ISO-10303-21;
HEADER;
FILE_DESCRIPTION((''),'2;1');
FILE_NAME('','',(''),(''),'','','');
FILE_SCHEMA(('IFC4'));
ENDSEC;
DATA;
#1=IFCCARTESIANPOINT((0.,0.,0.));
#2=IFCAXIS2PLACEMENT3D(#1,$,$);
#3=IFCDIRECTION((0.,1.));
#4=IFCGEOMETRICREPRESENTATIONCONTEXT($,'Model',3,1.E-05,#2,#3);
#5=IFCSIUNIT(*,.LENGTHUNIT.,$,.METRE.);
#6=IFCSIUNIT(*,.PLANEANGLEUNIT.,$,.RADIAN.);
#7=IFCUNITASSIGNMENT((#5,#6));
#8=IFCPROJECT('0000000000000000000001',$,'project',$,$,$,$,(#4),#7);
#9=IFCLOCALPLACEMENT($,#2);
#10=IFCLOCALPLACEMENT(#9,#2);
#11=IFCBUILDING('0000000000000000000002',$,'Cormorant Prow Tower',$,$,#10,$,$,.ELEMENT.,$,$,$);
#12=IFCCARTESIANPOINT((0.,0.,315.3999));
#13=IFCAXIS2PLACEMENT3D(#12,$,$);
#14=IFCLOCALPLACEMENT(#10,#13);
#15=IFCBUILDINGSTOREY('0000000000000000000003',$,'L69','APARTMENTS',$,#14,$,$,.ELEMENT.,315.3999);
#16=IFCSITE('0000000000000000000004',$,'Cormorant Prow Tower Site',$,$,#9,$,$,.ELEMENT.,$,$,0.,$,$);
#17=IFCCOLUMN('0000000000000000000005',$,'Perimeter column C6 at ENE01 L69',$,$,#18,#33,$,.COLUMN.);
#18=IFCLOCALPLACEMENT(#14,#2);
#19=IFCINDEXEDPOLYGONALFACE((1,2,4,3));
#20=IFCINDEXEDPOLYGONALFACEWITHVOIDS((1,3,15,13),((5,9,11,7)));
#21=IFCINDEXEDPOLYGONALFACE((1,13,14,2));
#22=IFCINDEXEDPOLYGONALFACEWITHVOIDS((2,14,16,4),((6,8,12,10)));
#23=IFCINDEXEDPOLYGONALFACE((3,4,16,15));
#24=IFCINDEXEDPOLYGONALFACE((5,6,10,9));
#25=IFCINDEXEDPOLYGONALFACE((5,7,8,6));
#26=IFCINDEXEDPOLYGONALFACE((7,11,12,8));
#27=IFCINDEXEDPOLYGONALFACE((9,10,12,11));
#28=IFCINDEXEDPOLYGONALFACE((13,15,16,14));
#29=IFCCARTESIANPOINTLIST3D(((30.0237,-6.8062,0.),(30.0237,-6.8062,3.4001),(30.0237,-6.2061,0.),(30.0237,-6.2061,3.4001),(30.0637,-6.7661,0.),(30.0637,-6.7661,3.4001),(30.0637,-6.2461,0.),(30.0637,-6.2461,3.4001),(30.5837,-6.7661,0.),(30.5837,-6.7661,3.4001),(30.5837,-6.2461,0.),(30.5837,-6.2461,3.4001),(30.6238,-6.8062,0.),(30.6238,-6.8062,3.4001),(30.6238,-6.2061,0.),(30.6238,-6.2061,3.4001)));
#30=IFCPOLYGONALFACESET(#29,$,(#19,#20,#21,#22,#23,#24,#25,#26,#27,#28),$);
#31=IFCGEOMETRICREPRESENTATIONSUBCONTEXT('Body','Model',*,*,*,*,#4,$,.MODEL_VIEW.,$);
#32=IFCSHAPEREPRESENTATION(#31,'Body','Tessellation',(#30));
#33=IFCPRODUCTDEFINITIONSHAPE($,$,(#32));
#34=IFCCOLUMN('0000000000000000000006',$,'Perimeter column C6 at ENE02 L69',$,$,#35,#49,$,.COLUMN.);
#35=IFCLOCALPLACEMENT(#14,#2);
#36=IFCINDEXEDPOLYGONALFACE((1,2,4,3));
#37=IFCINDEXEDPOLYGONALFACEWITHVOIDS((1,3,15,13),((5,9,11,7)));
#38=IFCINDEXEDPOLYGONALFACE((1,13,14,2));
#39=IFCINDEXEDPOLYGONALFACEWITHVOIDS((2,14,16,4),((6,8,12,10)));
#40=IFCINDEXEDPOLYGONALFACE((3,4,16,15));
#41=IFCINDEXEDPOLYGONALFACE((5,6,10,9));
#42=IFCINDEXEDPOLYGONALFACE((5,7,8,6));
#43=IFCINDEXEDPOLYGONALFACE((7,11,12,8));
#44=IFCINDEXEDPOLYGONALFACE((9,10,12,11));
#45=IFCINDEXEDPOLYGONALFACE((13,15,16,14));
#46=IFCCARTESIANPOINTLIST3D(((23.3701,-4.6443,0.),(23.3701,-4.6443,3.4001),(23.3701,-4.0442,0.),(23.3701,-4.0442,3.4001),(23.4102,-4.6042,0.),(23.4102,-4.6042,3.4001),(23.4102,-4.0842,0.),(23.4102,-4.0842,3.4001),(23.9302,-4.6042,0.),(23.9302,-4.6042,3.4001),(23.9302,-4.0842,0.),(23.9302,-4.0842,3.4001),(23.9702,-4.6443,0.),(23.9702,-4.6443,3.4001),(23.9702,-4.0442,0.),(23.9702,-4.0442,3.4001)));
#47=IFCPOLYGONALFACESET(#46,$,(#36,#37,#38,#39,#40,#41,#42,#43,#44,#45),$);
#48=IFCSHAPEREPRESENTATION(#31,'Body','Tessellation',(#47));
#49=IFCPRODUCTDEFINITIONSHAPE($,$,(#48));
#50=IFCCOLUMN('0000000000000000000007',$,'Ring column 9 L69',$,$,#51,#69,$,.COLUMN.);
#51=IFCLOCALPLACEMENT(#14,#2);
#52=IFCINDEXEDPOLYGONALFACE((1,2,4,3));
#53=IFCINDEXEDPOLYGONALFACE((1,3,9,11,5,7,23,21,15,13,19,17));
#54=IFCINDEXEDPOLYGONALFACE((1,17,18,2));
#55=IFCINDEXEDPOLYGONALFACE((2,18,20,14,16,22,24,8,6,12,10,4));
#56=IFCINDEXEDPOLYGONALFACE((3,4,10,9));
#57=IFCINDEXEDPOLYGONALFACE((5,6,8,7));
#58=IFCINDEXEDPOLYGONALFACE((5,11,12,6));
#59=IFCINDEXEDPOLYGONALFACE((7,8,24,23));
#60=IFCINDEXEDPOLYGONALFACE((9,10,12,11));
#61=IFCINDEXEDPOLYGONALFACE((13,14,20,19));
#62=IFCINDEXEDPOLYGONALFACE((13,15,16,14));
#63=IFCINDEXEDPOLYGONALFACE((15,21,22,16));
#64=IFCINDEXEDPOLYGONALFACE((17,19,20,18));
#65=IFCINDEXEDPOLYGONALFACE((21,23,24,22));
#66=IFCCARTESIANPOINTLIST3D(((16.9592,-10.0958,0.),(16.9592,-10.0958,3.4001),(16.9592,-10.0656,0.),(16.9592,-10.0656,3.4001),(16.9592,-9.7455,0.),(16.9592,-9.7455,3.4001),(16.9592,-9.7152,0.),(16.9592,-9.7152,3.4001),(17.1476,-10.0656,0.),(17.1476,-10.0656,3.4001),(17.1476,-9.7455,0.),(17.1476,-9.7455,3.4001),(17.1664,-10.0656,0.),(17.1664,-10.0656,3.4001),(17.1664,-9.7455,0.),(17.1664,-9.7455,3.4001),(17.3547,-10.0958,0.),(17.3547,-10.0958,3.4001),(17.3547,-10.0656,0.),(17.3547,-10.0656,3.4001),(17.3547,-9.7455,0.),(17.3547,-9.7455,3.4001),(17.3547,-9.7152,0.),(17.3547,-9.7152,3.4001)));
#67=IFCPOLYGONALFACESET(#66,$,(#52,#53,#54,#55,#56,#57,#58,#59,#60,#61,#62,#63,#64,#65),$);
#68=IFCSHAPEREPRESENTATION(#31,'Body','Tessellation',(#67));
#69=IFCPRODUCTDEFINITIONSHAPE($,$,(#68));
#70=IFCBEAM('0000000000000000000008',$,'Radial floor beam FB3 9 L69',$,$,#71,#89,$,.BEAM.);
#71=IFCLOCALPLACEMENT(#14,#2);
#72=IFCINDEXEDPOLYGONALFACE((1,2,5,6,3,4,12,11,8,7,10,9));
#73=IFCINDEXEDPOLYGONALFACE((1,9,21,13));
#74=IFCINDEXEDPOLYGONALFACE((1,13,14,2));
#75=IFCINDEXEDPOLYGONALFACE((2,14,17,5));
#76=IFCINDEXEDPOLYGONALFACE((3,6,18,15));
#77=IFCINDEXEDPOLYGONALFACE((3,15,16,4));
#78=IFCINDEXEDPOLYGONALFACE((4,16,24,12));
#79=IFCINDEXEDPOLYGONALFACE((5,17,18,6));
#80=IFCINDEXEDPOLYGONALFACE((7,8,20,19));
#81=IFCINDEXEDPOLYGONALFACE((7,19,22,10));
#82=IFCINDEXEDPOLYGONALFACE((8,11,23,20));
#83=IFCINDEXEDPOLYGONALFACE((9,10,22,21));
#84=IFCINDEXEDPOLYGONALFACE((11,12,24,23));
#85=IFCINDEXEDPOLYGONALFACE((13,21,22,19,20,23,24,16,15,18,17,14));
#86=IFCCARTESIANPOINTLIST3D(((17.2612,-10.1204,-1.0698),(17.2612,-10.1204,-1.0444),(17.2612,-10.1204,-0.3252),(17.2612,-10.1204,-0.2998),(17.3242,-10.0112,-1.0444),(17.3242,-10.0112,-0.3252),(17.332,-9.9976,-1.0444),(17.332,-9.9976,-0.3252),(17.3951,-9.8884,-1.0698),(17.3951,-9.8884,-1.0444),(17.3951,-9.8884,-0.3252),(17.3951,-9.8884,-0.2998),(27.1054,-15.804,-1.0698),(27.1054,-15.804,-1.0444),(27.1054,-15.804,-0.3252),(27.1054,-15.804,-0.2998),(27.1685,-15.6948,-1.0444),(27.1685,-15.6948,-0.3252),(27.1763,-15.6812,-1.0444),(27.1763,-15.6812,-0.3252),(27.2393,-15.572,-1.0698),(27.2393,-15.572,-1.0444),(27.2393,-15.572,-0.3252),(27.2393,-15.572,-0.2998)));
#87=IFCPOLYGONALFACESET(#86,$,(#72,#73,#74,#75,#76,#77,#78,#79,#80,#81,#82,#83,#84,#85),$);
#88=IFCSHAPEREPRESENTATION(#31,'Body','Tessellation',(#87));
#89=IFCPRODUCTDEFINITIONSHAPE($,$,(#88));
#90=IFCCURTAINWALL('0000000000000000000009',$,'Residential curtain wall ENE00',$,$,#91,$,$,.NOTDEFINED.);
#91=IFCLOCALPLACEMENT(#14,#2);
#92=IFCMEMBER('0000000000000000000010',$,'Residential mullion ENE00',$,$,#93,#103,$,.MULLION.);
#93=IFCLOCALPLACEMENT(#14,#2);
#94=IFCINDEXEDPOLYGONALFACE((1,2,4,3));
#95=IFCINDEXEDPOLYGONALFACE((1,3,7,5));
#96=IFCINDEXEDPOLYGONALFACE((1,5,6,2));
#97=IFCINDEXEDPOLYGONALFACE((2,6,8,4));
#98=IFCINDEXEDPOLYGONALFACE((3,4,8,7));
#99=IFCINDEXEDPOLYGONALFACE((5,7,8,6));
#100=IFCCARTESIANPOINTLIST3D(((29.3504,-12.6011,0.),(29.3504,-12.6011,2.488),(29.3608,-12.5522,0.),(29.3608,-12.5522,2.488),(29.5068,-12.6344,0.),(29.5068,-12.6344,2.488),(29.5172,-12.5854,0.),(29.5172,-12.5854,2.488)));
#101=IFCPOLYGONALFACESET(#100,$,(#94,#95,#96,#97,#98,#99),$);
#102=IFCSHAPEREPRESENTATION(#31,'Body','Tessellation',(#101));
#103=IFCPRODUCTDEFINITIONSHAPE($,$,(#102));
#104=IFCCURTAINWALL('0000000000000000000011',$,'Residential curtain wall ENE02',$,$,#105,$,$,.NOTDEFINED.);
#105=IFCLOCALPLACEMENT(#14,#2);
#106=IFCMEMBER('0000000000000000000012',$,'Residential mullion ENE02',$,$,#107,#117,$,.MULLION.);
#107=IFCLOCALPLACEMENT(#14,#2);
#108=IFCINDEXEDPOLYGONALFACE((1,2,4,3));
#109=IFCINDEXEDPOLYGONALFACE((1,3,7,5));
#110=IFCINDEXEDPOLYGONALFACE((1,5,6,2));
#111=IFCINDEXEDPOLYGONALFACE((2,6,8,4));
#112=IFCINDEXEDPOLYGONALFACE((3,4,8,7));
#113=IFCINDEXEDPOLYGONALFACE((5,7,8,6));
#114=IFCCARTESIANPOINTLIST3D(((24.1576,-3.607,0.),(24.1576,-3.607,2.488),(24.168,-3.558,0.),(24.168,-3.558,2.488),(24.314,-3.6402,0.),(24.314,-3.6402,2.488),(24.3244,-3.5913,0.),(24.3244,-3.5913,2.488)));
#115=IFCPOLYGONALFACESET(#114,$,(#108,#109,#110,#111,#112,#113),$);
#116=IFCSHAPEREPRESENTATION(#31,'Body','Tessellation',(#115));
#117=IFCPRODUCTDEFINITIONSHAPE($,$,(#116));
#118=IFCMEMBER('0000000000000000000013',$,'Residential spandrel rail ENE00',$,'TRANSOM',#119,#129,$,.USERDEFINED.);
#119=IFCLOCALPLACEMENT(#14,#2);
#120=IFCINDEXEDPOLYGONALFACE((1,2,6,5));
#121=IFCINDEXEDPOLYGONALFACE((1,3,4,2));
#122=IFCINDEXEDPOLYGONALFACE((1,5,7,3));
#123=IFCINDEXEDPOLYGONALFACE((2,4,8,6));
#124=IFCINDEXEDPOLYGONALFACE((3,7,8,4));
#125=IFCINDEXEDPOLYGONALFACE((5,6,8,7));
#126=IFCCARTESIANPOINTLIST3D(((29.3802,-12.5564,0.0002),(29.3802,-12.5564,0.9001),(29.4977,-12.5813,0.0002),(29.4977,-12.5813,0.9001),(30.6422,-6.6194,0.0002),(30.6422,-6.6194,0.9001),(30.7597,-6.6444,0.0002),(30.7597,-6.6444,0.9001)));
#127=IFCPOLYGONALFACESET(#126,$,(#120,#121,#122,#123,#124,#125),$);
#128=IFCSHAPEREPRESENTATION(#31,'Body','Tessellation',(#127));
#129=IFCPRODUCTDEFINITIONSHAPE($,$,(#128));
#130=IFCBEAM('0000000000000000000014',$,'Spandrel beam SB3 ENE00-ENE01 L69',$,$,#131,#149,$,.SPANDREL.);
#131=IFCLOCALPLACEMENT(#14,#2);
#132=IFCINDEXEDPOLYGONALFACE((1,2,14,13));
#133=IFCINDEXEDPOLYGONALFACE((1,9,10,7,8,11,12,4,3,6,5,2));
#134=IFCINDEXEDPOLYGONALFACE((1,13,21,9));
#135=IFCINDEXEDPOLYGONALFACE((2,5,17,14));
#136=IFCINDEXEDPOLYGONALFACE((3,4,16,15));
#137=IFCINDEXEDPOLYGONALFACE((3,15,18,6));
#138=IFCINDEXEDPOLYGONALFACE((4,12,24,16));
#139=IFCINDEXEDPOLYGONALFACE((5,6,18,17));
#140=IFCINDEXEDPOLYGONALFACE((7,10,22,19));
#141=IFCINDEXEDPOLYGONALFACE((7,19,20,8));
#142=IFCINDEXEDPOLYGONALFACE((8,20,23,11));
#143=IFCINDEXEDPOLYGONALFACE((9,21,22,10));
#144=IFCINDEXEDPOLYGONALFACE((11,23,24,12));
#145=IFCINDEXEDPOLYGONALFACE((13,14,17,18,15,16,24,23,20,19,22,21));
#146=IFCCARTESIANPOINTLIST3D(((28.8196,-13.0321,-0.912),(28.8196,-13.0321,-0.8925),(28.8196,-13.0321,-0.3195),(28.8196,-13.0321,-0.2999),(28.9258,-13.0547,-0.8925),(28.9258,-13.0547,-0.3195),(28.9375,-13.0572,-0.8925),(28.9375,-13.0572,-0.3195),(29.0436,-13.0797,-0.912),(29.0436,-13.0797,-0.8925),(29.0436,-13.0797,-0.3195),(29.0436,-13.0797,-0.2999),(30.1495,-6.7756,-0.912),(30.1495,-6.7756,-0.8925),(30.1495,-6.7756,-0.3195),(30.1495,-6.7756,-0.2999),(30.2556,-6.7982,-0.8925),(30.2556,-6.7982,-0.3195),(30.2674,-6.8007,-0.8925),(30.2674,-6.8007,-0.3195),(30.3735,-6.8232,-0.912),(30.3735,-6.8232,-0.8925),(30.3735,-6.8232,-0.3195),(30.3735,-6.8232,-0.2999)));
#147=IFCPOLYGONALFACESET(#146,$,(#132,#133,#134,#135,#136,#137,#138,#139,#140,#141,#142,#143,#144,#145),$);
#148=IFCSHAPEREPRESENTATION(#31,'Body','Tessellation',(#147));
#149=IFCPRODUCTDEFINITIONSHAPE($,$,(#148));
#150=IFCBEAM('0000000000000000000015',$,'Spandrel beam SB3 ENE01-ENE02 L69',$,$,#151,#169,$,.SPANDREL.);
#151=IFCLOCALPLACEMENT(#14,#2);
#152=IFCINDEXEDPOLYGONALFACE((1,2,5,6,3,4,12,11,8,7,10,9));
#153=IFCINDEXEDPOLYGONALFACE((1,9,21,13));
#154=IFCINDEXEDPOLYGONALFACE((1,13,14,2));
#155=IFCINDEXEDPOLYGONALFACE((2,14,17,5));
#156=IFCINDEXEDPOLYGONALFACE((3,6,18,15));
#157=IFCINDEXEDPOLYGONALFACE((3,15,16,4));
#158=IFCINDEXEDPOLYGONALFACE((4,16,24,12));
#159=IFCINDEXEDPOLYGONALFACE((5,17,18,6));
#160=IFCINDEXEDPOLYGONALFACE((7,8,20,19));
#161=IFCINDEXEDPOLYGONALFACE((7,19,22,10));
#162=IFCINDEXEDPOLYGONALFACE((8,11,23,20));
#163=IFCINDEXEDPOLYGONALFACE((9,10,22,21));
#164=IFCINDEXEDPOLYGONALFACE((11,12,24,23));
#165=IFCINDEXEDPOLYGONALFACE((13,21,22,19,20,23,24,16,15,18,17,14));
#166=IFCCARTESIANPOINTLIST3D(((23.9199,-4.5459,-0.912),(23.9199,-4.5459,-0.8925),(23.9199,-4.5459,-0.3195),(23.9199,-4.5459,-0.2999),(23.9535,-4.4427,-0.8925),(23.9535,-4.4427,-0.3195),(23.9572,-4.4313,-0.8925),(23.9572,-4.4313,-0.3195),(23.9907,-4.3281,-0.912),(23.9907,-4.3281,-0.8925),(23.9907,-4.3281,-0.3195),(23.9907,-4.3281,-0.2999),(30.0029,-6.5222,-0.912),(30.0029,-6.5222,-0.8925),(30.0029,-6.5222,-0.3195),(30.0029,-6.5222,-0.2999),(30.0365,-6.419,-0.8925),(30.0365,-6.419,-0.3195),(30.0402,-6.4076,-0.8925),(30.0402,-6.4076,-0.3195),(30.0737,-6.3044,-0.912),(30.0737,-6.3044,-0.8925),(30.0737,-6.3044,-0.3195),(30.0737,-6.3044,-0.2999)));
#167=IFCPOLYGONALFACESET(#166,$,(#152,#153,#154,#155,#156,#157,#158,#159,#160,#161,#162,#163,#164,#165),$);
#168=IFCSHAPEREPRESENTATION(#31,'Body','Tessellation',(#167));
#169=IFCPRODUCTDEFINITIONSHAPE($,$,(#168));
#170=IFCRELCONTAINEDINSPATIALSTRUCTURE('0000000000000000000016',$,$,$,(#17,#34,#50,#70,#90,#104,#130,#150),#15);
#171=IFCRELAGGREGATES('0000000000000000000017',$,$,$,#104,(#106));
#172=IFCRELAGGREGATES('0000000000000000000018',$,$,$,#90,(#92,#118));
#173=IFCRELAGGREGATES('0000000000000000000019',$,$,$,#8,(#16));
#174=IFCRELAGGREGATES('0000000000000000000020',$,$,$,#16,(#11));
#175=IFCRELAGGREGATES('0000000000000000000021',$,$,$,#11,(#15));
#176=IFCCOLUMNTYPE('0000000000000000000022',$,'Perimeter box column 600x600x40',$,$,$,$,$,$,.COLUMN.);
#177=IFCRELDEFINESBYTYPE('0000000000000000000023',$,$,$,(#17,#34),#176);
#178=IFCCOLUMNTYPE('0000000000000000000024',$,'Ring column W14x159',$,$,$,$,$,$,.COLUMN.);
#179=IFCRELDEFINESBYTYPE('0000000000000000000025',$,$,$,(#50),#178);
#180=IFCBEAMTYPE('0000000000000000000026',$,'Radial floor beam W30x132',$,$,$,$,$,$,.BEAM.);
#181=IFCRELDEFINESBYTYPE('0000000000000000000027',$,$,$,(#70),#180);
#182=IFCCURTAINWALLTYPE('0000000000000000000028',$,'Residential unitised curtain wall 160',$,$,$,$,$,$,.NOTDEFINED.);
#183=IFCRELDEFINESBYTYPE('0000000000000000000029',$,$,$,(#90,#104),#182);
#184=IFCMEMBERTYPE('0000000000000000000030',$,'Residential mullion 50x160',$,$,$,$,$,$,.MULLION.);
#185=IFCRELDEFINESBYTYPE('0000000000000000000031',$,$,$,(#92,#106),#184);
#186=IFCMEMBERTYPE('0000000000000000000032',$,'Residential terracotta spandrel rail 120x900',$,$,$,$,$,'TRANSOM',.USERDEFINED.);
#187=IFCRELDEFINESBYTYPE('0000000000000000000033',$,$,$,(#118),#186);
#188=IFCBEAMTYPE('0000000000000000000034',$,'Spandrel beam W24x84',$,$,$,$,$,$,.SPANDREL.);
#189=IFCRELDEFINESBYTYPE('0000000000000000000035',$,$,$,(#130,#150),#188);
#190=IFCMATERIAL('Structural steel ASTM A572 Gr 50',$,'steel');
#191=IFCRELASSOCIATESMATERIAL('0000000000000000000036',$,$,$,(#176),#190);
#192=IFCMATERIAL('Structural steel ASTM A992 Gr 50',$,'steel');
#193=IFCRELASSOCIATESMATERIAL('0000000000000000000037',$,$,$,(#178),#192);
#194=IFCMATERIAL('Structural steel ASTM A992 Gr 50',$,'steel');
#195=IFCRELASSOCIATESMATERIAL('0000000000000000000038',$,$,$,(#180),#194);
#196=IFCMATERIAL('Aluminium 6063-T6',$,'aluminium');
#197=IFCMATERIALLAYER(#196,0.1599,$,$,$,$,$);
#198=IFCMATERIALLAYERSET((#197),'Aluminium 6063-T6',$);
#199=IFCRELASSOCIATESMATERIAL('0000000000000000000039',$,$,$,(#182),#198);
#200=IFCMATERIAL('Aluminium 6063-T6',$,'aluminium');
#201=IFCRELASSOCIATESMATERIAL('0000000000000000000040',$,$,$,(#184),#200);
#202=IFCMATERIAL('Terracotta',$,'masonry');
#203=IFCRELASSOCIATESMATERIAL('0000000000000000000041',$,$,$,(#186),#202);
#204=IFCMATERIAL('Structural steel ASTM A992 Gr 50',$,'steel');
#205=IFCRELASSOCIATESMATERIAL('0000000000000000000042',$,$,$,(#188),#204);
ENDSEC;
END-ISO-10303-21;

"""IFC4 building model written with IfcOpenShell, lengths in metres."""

from ifc_helpers import new_model, si_unit, direction, frame, origin, origin_2d, place, context, subcontext, project, spatial, rectangle, hollow_rectangle, i_section, extrude, material, layer, layer_set, material_profile, profile_set, type_object, element, aggregate, save


model = new_model("IFC4")

# Units and contexts
model_context = context("Model", 3, precision=1e-05, world=origin(), true_north=direction((0.0, 1.0)))
body_context = subcontext(model_context, "Body", "Model", "MODEL_VIEW")
ifc_project = project(units=[si_unit("LENGTHUNIT", "METRE"), si_unit("PLANEANGLEUNIT", "RADIAN")], contexts=[model_context])

# Site, building, storey
site_placement = place(None, origin())
site = spatial("IfcSite", under=ifc_project, at=site_placement, Name="Cormorant Prow Tower Site", CompositionType="ELEMENT", RefElevation=0.0)
building_placement = place(site_placement, origin())
building = spatial("IfcBuilding", under=site, at=building_placement, Name="Cormorant Prow Tower", CompositionType="ELEMENT")
storey_placement = place(building_placement, frame((0.0, 0.0, 315.3999)))
storey = spatial("IfcBuildingStorey", under=building, at=storey_placement, Name="L69", Description="APARTMENTS", CompositionType="ELEMENT", Elevation=315.3999)

# Columns
ifc_material_1 = material(Name="Structural steel ASTM A572 Gr 50", Category="steel")
ifc_material_profile_1 = material_profile(ifc_material_1, hollow_rectangle(XDim=0.6001, YDim=0.6001, WallThickness=0.04, at=origin_2d()), Name="Box 600x600x40")
ifc_profile_set_1 = profile_set([ifc_material_profile_1], Name="Structural steel ASTM A572 Gr 50")
column_type_1 = type_object("IfcColumnType", Name="Perimeter box column 600x600x40", PredefinedType="COLUMN", material=ifc_profile_set_1)
for number, where, z_axis, x_axis, name in (
    (1, (30.3237, -6.5061, 0.0), (0.0, 0.0, 1.0), (1.0, 0.0, 0.0), "Perimeter column C6 at ENE01 L69"),
    (2, (23.6702, -4.3442, 0.0), (0.0, 0.0, 1.0), (1.0, 0.0, 0.0), "Perimeter column C6 at ENE02 L69"),
):
    element("IfcColumn", number, at=place(storey_placement, frame(where, z_axis=z_axis, x_axis=x_axis)), inside=storey, type_object=column_type_1, Name=name, PredefinedType="COLUMN", context=body_context, shape_type="SweptSolid", body=[
        extrude(hollow_rectangle(XDim=0.6001, YDim=0.6001, WallThickness=0.04, at=origin_2d()), origin(), (0.0, 0.0, 1.0), 3.4001),
    ])
ifc_material_2 = material(Name="Structural steel ASTM A992 Gr 50", Category="steel")
ifc_material_profile_2 = material_profile(ifc_material_2, i_section(OverallWidth=0.3955, OverallDepth=0.3806, WebThickness=0.0188, FlangeThickness=0.0303, at=origin_2d()), Name="W14x159")
ifc_profile_set_2 = profile_set([ifc_material_profile_2], Name="Structural steel ASTM A992 Gr 50")
column_type_2 = type_object("IfcColumnType", Name="Ring column W14x159", PredefinedType="COLUMN", material=ifc_profile_set_2)
column_placement = place(storey_placement, frame((17.157, -9.9055, 0.0), z_axis=(0.0, 0.0, 1.0), x_axis=(1.0, 0.0, 0.0)))
element("IfcColumn", 3, at=column_placement, inside=storey, type_object=column_type_2, Name="Ring column 9 L69", PredefinedType="COLUMN", context=body_context, shape_type="SweptSolid", body=[
    extrude(i_section(OverallWidth=0.3955, OverallDepth=0.3806, WebThickness=0.0188, FlangeThickness=0.0303, at=origin_2d()), origin(), (0.0, 0.0, 1.0), 3.4001),
])

# Beam
ifc_material_3 = material(Name="Structural steel ASTM A992 Gr 50", Category="steel")
ifc_material_profile_3 = material_profile(ifc_material_3, i_section(OverallWidth=0.2678, OverallDepth=0.77, WebThickness=0.0156, FlangeThickness=0.0254, at=origin_2d()), Name="W30x132")
ifc_profile_set_3 = profile_set([ifc_material_profile_3], Name="Structural steel ASTM A992 Gr 50")
beam_type_1 = type_object("IfcBeamType", Name="Radial floor beam W30x132", PredefinedType="BEAM", material=ifc_profile_set_3)
beam_1_placement = place(storey_placement, frame((17.3281, -10.0044, -0.6848), z_axis=(0.866025, -0.500001, 0.0), x_axis=(0.500001, 0.866025, 0.0)))
element("IfcBeam", 4, at=beam_1_placement, inside=storey, type_object=beam_type_1, Name="Radial floor beam FB3 9 L69", PredefinedType="BEAM", context=body_context, shape_type="SweptSolid", body=[
    extrude(i_section(OverallWidth=0.2678, OverallDepth=0.77, WebThickness=0.0156, FlangeThickness=0.0254, at=origin_2d()), origin(), (0.0, 0.0, 1.0), 11.3672),
])

# Curtain walls, members
ifc_material_4 = material(Name="Aluminium 6063-T6", Category="aluminium")
ifc_layer_1 = layer(ifc_material_4, 0.1599)
ifc_layer_set_1 = layer_set([ifc_layer_1], Name="Aluminium 6063-T6")
curtain_wall_type = type_object("IfcCurtainWallType", Name="Residential unitised curtain wall 160", PredefinedType="NOTDEFINED", material=ifc_layer_set_1)
curtain_wall_1_placement = place(storey_placement, origin())
curtain_wall_1 = element("IfcCurtainWall", 5, at=curtain_wall_1_placement, inside=storey, type_object=curtain_wall_type, Name="Residential curtain wall ENE00", PredefinedType="NOTDEFINED")
ifc_material_5 = material(Name="Aluminium 6063-T6", Category="aluminium")
ifc_material_profile_4 = material_profile(ifc_material_5, rectangle(XDim=0.1599, YDim=0.05, at=origin_2d()), Name="Residential mullion 50x160")
ifc_profile_set_4 = profile_set([ifc_material_profile_4], Name="Aluminium 6063-T6")
member_type_1 = type_object("IfcMemberType", Name="Residential mullion 50x160", PredefinedType="MULLION", material=ifc_profile_set_4)
member_1_placement = place(storey_placement, frame((29.4338, -12.5933, 0.0), z_axis=(0.0, 0.0, 1.0), x_axis=(-0.978148, 0.207912, 0.0)))
member_1 = element("IfcMember", 6, at=member_1_placement, type_object=member_type_1, Name="Residential mullion ENE00", PredefinedType="MULLION", context=body_context, shape_type="SweptSolid", body=[
    extrude(rectangle(XDim=0.1599, YDim=0.05, at=origin_2d()), origin(), (0.0, 0.0, 1.0), 2.488),
])
curtain_wall_2_placement = place(storey_placement, origin())
curtain_wall_2 = element("IfcCurtainWall", 7, at=curtain_wall_2_placement, inside=storey, type_object=curtain_wall_type, Name="Residential curtain wall ENE02", PredefinedType="NOTDEFINED")
member_2_placement = place(storey_placement, frame((24.241, -3.5991, 0.0), z_axis=(0.0, 0.0, 1.0), x_axis=(-0.978148, 0.207912, 0.0)))
member_2 = element("IfcMember", 8, at=member_2_placement, type_object=member_type_1, Name="Residential mullion ENE02", PredefinedType="MULLION", context=body_context, shape_type="SweptSolid", body=[
    extrude(rectangle(XDim=0.1599, YDim=0.05, at=origin_2d()), origin(), (0.0, 0.0, 1.0), 2.488),
])
aggregate(curtain_wall_2, [member_2])

# Member
ifc_material_6 = material(Name="Terracotta", Category="masonry")
ifc_material_profile_5 = material_profile(ifc_material_6, rectangle(XDim=0.1201, YDim=0.8999, at=origin_2d()), Name="Residential terracotta spandrel rail 120x900")
ifc_profile_set_5 = profile_set([ifc_material_profile_5], Name="Terracotta")
member_type_2 = type_object("IfcMemberType", Name="Residential terracotta spandrel rail 120x900", ElementType="TRANSOM", PredefinedType="USERDEFINED", material=ifc_profile_set_5)
member_3_placement = place(storey_placement, frame((29.439, -12.5688, 0.4502), z_axis=(0.207914, 0.978147, 0.0), x_axis=(-0.978147, 0.207914, 0.0)))
member_3 = element("IfcMember", 9, at=member_3_placement, type_object=member_type_2, Name="Residential spandrel rail ENE00", ObjectType="TRANSOM", PredefinedType="USERDEFINED", context=body_context, shape_type="SweptSolid", body=[
    extrude(rectangle(XDim=0.1201, YDim=0.8999, at=origin_2d()), origin(), (0.0, 0.0, 1.0), 6.0696),
])

# Beams
ifc_material_7 = material(Name="Structural steel ASTM A992 Gr 50", Category="steel")
ifc_material_profile_6 = material_profile(ifc_material_7, i_section(OverallWidth=0.229, OverallDepth=0.6121, WebThickness=0.012, FlangeThickness=0.0195, at=origin_2d()), Name="W24x84")
ifc_profile_set_6 = profile_set([ifc_material_profile_6], Name="Structural steel ASTM A992 Gr 50")
beam_type_2 = type_object("IfcBeamType", Name="Spandrel beam W24x84", PredefinedType="SPANDREL", material=ifc_profile_set_6)
beam_2_placement = place(storey_placement, frame((28.9316, -13.0559, -0.606), z_axis=(0.207913, 0.978147, 0.0), x_axis=(-0.978147, 0.207913, 0.0)))
element("IfcBeam", 10, at=beam_2_placement, inside=storey, type_object=beam_type_2, Name="Spandrel beam SB3 ENE00-ENE01 L69", PredefinedType="SPANDREL", context=body_context, shape_type="SweptSolid", body=[
    extrude(i_section(OverallWidth=0.229, OverallDepth=0.6121, WebThickness=0.012, FlangeThickness=0.0195, at=origin_2d()), origin(), (0.0, 0.0, 1.0), 6.3962),
])
beam_3_placement = place(storey_placement, frame((30.0383, -6.4133, -0.606), z_axis=(-0.951064, 0.308993, 0.0), x_axis=(-0.308993, -0.951064, 0.0)))
element("IfcBeam", 11, at=beam_3_placement, inside=storey, type_object=beam_type_2, Name="Spandrel beam SB3 ENE01-ENE02 L69", PredefinedType="SPANDREL", context=body_context, shape_type="SweptSolid", body=[
    extrude(i_section(OverallWidth=0.229, OverallDepth=0.6121, WebThickness=0.012, FlangeThickness=0.0195, at=origin_2d()), origin(), (0.0, 0.0, 1.0), 6.396),
])

aggregate(curtain_wall_1, [member_1, member_3])

save(model, "model.ifc")
